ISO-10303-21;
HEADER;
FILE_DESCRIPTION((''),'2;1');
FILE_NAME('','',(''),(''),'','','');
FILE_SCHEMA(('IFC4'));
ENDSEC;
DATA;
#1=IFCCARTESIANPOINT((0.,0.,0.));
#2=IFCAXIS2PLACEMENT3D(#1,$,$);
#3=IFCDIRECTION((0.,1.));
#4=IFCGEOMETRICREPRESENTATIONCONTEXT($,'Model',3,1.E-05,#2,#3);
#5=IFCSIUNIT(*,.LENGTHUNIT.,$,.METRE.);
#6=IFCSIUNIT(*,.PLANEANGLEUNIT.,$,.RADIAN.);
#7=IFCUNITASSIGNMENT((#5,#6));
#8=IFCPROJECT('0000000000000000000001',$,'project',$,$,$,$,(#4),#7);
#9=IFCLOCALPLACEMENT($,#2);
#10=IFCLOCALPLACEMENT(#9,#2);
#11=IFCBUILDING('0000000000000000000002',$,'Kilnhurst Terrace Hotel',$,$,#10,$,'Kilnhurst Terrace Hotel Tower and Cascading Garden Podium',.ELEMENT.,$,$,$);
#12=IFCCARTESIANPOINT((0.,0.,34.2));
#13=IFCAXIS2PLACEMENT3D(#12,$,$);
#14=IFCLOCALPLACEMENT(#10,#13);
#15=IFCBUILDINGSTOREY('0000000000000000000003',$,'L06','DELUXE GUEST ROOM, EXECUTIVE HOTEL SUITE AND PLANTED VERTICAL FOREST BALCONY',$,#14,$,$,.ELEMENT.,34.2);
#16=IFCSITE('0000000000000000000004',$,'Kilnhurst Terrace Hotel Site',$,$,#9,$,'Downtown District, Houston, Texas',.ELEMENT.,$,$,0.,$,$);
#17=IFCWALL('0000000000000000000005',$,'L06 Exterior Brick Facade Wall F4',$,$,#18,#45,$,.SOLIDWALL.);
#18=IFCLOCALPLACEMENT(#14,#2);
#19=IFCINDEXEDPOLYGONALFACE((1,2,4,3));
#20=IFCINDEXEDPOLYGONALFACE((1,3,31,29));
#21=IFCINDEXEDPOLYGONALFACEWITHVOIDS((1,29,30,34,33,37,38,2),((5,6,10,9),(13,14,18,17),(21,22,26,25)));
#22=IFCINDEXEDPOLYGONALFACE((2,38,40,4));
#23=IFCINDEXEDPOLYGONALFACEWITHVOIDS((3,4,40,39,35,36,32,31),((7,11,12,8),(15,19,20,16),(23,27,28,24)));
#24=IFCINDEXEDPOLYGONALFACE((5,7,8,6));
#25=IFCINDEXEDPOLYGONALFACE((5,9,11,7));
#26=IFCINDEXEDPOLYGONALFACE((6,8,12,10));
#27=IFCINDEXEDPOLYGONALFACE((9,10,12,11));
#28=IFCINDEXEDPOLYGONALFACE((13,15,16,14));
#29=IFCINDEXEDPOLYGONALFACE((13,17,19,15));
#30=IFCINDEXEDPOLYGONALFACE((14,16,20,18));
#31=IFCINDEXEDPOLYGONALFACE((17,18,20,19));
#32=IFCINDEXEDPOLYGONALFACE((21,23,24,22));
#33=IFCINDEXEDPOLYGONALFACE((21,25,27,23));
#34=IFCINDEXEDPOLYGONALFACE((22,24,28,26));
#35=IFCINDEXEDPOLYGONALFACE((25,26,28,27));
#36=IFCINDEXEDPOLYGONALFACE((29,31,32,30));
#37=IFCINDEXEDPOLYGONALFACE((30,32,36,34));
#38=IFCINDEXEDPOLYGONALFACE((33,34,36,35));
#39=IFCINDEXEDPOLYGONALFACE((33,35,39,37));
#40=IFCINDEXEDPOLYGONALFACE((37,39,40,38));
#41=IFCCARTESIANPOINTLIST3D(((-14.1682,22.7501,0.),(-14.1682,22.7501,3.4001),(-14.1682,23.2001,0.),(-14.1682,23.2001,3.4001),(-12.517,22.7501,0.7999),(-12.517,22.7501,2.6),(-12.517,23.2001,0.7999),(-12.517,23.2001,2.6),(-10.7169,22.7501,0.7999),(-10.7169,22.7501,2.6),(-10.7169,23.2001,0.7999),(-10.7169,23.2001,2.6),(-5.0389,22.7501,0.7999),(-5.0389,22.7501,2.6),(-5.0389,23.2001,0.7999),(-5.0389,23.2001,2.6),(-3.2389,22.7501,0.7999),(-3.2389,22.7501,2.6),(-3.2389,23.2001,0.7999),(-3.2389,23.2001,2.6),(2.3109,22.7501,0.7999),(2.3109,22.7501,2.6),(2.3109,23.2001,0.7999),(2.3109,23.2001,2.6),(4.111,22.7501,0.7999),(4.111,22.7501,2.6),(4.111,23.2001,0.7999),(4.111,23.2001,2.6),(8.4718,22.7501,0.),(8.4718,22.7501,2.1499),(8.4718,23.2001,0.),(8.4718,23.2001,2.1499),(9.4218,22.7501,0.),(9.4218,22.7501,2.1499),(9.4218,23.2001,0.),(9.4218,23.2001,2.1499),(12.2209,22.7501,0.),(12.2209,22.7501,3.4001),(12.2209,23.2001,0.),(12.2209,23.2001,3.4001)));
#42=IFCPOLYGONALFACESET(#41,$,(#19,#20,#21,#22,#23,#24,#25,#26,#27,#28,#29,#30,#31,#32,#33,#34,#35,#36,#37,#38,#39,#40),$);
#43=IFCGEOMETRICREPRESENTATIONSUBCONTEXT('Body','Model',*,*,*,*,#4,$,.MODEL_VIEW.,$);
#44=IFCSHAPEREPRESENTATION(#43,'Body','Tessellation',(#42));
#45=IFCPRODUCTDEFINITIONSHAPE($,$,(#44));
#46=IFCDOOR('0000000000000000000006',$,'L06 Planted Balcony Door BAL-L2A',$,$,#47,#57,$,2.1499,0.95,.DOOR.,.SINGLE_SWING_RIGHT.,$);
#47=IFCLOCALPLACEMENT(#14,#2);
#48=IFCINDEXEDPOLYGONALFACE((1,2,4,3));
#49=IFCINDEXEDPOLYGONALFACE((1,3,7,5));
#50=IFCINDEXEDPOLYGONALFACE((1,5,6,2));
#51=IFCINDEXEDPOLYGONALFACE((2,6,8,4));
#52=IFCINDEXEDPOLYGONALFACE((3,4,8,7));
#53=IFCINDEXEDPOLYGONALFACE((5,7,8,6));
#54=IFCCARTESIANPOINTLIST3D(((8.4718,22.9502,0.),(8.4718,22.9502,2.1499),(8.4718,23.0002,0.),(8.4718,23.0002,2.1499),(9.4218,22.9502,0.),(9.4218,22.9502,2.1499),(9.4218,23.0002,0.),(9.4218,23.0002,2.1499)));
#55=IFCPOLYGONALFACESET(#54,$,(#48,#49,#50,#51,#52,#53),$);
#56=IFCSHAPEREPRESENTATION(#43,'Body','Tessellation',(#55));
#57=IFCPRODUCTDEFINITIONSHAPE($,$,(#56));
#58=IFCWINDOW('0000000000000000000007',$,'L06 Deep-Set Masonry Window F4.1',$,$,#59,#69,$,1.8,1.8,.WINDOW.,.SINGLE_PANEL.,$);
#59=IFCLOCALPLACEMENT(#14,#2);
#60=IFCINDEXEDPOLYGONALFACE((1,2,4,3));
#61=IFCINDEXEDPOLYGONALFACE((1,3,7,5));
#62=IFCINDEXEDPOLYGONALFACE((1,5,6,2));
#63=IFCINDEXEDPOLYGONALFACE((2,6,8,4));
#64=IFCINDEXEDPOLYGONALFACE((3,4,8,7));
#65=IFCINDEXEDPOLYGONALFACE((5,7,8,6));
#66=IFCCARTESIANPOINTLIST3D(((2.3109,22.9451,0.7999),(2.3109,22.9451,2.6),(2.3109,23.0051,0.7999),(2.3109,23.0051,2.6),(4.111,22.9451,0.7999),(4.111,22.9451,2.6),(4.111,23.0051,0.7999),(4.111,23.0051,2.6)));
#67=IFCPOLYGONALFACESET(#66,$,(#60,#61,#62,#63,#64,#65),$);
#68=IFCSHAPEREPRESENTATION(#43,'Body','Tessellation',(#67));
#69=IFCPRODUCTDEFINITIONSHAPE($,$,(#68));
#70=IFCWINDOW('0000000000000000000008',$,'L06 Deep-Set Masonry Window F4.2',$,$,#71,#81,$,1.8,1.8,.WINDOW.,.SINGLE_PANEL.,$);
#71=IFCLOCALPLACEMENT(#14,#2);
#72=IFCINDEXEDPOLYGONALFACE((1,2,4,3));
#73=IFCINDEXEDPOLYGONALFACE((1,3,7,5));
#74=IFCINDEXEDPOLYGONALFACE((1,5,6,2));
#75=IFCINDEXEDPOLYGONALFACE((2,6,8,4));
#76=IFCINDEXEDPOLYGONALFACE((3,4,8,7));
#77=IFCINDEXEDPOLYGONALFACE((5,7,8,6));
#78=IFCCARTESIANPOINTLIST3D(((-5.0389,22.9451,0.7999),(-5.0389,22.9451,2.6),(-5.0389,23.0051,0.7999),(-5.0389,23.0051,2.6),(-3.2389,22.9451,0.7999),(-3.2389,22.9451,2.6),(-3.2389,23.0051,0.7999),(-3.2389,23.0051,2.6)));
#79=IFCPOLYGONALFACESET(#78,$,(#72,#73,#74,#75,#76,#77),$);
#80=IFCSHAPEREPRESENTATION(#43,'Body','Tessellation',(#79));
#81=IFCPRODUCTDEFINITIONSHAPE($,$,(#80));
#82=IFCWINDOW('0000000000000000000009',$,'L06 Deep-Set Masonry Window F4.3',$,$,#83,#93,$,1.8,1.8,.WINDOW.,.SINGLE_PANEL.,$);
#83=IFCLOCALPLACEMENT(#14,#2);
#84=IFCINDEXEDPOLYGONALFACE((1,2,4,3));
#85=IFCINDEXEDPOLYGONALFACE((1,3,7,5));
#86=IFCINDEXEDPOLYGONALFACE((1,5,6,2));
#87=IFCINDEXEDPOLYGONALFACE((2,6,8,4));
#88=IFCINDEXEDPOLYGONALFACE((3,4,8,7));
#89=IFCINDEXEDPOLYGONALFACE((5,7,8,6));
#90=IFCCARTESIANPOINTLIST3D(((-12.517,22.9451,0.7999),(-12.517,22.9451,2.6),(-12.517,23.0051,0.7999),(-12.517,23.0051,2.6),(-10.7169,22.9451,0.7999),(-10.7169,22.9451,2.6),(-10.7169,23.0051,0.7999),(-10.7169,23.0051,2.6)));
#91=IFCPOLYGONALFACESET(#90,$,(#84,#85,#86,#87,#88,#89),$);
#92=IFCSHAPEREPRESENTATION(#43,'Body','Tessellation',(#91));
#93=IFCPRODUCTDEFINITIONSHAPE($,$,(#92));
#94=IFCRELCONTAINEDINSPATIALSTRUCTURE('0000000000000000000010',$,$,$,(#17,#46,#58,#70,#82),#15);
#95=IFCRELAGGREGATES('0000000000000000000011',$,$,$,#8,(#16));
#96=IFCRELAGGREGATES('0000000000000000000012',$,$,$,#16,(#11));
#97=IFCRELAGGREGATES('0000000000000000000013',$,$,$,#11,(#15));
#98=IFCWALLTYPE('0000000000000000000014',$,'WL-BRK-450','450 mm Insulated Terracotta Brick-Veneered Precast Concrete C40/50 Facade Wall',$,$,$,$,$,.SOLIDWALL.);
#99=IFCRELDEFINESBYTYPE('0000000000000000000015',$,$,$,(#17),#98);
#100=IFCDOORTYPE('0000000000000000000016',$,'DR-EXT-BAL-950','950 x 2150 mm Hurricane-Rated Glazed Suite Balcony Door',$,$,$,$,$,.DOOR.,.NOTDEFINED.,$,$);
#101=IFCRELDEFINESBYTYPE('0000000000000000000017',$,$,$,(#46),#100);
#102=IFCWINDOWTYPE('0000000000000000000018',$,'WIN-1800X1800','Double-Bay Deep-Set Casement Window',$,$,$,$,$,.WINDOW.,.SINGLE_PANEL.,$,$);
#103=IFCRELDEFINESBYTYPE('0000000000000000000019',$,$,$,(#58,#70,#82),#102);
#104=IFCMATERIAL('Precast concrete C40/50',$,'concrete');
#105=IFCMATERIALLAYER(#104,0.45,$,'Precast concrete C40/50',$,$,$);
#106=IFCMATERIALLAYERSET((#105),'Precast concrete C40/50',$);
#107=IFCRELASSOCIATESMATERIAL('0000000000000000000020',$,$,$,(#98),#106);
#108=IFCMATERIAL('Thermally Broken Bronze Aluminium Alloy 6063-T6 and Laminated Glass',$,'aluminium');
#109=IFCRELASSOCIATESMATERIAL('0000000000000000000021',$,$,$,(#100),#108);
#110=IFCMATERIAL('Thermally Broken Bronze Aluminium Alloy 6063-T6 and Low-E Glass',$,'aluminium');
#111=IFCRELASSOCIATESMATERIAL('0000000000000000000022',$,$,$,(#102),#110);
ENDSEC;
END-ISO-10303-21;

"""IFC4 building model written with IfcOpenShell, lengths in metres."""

from ifc_helpers import new_model, si_unit, direction, frame, frame_2d, origin, place, context, subcontext, project, spatial, rectangle, extrude, material, layer, layer_set, type_object, element, fill, save


model = new_model("IFC4")

# Units and contexts
model_context = context("Model", 3, precision=1e-05, world=origin(), true_north=direction((0.0, 1.0)))
body_context = subcontext(model_context, "Body", "Model", "MODEL_VIEW")
ifc_project = project(units=[si_unit("LENGTHUNIT", "METRE"), si_unit("PLANEANGLEUNIT", "RADIAN")], contexts=[model_context])

# Site, building, storey
site_placement = place(None, origin())
site = spatial("IfcSite", under=ifc_project, at=site_placement, Name="Kilnhurst Terrace Hotel Site", LongName="Downtown District, Houston, Texas", CompositionType="ELEMENT", RefElevation=0.0)
building_placement = place(site_placement, origin())
building = spatial("IfcBuilding", under=site, at=building_placement, Name="Kilnhurst Terrace Hotel", LongName="Kilnhurst Terrace Hotel Tower and Cascading Garden Podium", CompositionType="ELEMENT")
storey_placement = place(building_placement, frame((0.0, 0.0, 34.2)))
storey = spatial("IfcBuildingStorey", under=building, at=storey_placement, Name="L06", Description="DELUXE GUEST ROOM, EXECUTIVE HOTEL SUITE AND PLANTED VERTICAL FOREST BALCONY", CompositionType="ELEMENT", Elevation=34.2)

# Shared definitions
ifc_material_1 = material(Name="Precast concrete C40/50", Category="concrete")
ifc_layer_1 = layer(ifc_material_1, 0.45, Name="Precast concrete C40/50")
ifc_layer_set_1 = layer_set([ifc_layer_1], Name="Precast concrete C40/50")
wall_type_1 = type_object("IfcWallType", Name="WL-BRK-450", Description="450 mm Insulated Terracotta Brick-Veneered Precast Concrete C40/50 Facade Wall", PredefinedType="SOLIDWALL", material=ifc_layer_set_1)

# Wall, openings, door, windows
wall_1_placement = place(storey_placement, frame((12.2209, 22.9751, 0.0), z_axis=(0.0, 0.0, 1.0), x_axis=(-1.0, 0.0, 0.0)))
wall_1 = element("IfcWall", 1, at=wall_1_placement, inside=storey, type_object=wall_type_1, Name="L06 Exterior Brick Facade Wall F4", PredefinedType="SOLIDWALL", context=body_context, shape_type="SweptSolid", body=[
    extrude(rectangle(XDim=26.3892, YDim=0.45, at=frame_2d((13.1946, 0.0))), origin(), (0.0, 0.0, 1.0), 3.4001),
])
opening_1_placement = place(wall_1_placement, frame((2.7991, 0.0, 0.0)))
opening_1 = element("IfcOpeningElement", 2, at=opening_1_placement, cuts=wall_1, PredefinedType="OPENING", context=body_context, shape_type="SweptSolid", body=[
    extrude(rectangle(XDim=0.95, YDim=2.1499, at=frame_2d((0.4751, 1.075))), frame((0.0, 0.2349, 0.0), z_axis=(0.0, -1.0, 0.0), x_axis=(1.0, 0.0, 0.0)), (0.0, 0.0, 1.0), 0.47),
])
opening_2_placement = place(wall_1_placement, frame((8.1101, 0.0, 0.8)))
opening_2 = element("IfcOpeningElement", 3, at=opening_2_placement, cuts=wall_1, PredefinedType="OPENING", context=body_context, shape_type="SweptSolid", body=[
    extrude(rectangle(XDim=1.8, YDim=1.8, at=frame_2d((0.8999, 0.8999))), frame((0.0, 0.2349, 0.0), z_axis=(0.0, -1.0, 0.0), x_axis=(1.0, 0.0, 0.0)), (0.0, 0.0, 1.0), 0.47),
])
opening_3_placement = place(wall_1_placement, frame((15.46, 0.0, 0.8)))
opening_3 = element("IfcOpeningElement", 4, at=opening_3_placement, cuts=wall_1, PredefinedType="OPENING", context=body_context, shape_type="SweptSolid", body=[
    extrude(rectangle(XDim=1.8, YDim=1.8, at=frame_2d((0.8999, 0.8999))), frame((0.0, 0.2349, 0.0), z_axis=(0.0, -1.0, 0.0), x_axis=(1.0, 0.0, 0.0)), (0.0, 0.0, 1.0), 0.47),
])
opening_4_placement = place(wall_1_placement, frame((22.938, 0.0, 0.8)))
opening_4 = element("IfcOpeningElement", 5, at=opening_4_placement, cuts=wall_1, PredefinedType="OPENING", context=body_context, shape_type="SweptSolid", body=[
    extrude(rectangle(XDim=1.8, YDim=1.8, at=frame_2d((0.8999, 0.8999))), frame((0.0, 0.2349, 0.0), z_axis=(0.0, -1.0, 0.0), x_axis=(1.0, 0.0, 0.0)), (0.0, 0.0, 1.0), 0.47),
])
ifc_material_2 = material(Name="Thermally Broken Bronze Aluminium Alloy 6063-T6 and Laminated Glass", Category="aluminium")
door_type_1 = type_object("IfcDoorType", Name="DR-EXT-BAL-950", Description="950 x 2150 mm Hurricane-Rated Glazed Suite Balcony Door", OperationType="NOTDEFINED", PredefinedType="DOOR", material=ifc_material_2)
door_1_placement = place(opening_1_placement, origin())
door_1 = element("IfcDoor", 6, at=door_1_placement, inside=storey, type_object=door_type_1, Name="L06 Planted Balcony Door BAL-L2A", OperationType="SINGLE_SWING_RIGHT", OverallHeight=2.1499, OverallWidth=0.95, PredefinedType="DOOR", context=body_context, shape_type="SweptSolid", body=[
    extrude(rectangle(XDim=0.95, YDim=2.1499, at=frame_2d((0.4751, 1.075))), frame((0.0, 0.0249, 0.0), z_axis=(0.0, -1.0, 0.0), x_axis=(1.0, 0.0, 0.0)), (0.0, 0.0, 1.0), 0.05),
])
fill(opening_1, door_1)
ifc_material_3 = material(Name="Thermally Broken Bronze Aluminium Alloy 6063-T6 and Low-E Glass", Category="aluminium")
window_type = type_object("IfcWindowType", Name="WIN-1800X1800", Description="Double-Bay Deep-Set Casement Window", PartitioningType="SINGLE_PANEL", PredefinedType="WINDOW", material=ifc_material_3)
window_1_placement = place(opening_2_placement, origin())
window_1 = element("IfcWindow", 7, at=window_1_placement, inside=storey, type_object=window_type, Name="L06 Deep-Set Masonry Window F4.1", OverallHeight=1.8, OverallWidth=1.8, PartitioningType="SINGLE_PANEL", PredefinedType="WINDOW", context=body_context, shape_type="SweptSolid", body=[
    extrude(rectangle(XDim=1.8, YDim=1.8, at=frame_2d((0.8999, 0.8999))), frame((0.0, 0.03, 0.0), z_axis=(0.0, -1.0, 0.0), x_axis=(1.0, 0.0, 0.0)), (0.0, 0.0, 1.0), 0.0601),
])
fill(opening_2, window_1)
window_2_placement = place(opening_3_placement, origin())
window_2 = element("IfcWindow", 8, at=window_2_placement, inside=storey, type_object=window_type, Name="L06 Deep-Set Masonry Window F4.2", OverallHeight=1.8, OverallWidth=1.8, PartitioningType="SINGLE_PANEL", PredefinedType="WINDOW", context=body_context, shape_type="SweptSolid", body=[
    extrude(rectangle(XDim=1.8, YDim=1.8, at=frame_2d((0.8999, 0.8999))), frame((0.0, 0.03, 0.0), z_axis=(0.0, -1.0, 0.0), x_axis=(1.0, 0.0, 0.0)), (0.0, 0.0, 1.0), 0.0601),
])
fill(opening_3, window_2)
window_3_placement = place(opening_4_placement, origin())
window_3 = element("IfcWindow", 9, at=window_3_placement, inside=storey, type_object=window_type, Name="L06 Deep-Set Masonry Window F4.3", OverallHeight=1.8, OverallWidth=1.8, PartitioningType="SINGLE_PANEL", PredefinedType="WINDOW", context=body_context, shape_type="SweptSolid", body=[
    extrude(rectangle(XDim=1.8, YDim=1.8, at=frame_2d((0.8999, 0.8999))), frame((0.0, 0.03, 0.0), z_axis=(0.0, -1.0, 0.0), x_axis=(1.0, 0.0, 0.0)), (0.0, 0.0, 1.0), 0.0601),
])
fill(opening_4, window_3)

save(model, "model.ifc")
